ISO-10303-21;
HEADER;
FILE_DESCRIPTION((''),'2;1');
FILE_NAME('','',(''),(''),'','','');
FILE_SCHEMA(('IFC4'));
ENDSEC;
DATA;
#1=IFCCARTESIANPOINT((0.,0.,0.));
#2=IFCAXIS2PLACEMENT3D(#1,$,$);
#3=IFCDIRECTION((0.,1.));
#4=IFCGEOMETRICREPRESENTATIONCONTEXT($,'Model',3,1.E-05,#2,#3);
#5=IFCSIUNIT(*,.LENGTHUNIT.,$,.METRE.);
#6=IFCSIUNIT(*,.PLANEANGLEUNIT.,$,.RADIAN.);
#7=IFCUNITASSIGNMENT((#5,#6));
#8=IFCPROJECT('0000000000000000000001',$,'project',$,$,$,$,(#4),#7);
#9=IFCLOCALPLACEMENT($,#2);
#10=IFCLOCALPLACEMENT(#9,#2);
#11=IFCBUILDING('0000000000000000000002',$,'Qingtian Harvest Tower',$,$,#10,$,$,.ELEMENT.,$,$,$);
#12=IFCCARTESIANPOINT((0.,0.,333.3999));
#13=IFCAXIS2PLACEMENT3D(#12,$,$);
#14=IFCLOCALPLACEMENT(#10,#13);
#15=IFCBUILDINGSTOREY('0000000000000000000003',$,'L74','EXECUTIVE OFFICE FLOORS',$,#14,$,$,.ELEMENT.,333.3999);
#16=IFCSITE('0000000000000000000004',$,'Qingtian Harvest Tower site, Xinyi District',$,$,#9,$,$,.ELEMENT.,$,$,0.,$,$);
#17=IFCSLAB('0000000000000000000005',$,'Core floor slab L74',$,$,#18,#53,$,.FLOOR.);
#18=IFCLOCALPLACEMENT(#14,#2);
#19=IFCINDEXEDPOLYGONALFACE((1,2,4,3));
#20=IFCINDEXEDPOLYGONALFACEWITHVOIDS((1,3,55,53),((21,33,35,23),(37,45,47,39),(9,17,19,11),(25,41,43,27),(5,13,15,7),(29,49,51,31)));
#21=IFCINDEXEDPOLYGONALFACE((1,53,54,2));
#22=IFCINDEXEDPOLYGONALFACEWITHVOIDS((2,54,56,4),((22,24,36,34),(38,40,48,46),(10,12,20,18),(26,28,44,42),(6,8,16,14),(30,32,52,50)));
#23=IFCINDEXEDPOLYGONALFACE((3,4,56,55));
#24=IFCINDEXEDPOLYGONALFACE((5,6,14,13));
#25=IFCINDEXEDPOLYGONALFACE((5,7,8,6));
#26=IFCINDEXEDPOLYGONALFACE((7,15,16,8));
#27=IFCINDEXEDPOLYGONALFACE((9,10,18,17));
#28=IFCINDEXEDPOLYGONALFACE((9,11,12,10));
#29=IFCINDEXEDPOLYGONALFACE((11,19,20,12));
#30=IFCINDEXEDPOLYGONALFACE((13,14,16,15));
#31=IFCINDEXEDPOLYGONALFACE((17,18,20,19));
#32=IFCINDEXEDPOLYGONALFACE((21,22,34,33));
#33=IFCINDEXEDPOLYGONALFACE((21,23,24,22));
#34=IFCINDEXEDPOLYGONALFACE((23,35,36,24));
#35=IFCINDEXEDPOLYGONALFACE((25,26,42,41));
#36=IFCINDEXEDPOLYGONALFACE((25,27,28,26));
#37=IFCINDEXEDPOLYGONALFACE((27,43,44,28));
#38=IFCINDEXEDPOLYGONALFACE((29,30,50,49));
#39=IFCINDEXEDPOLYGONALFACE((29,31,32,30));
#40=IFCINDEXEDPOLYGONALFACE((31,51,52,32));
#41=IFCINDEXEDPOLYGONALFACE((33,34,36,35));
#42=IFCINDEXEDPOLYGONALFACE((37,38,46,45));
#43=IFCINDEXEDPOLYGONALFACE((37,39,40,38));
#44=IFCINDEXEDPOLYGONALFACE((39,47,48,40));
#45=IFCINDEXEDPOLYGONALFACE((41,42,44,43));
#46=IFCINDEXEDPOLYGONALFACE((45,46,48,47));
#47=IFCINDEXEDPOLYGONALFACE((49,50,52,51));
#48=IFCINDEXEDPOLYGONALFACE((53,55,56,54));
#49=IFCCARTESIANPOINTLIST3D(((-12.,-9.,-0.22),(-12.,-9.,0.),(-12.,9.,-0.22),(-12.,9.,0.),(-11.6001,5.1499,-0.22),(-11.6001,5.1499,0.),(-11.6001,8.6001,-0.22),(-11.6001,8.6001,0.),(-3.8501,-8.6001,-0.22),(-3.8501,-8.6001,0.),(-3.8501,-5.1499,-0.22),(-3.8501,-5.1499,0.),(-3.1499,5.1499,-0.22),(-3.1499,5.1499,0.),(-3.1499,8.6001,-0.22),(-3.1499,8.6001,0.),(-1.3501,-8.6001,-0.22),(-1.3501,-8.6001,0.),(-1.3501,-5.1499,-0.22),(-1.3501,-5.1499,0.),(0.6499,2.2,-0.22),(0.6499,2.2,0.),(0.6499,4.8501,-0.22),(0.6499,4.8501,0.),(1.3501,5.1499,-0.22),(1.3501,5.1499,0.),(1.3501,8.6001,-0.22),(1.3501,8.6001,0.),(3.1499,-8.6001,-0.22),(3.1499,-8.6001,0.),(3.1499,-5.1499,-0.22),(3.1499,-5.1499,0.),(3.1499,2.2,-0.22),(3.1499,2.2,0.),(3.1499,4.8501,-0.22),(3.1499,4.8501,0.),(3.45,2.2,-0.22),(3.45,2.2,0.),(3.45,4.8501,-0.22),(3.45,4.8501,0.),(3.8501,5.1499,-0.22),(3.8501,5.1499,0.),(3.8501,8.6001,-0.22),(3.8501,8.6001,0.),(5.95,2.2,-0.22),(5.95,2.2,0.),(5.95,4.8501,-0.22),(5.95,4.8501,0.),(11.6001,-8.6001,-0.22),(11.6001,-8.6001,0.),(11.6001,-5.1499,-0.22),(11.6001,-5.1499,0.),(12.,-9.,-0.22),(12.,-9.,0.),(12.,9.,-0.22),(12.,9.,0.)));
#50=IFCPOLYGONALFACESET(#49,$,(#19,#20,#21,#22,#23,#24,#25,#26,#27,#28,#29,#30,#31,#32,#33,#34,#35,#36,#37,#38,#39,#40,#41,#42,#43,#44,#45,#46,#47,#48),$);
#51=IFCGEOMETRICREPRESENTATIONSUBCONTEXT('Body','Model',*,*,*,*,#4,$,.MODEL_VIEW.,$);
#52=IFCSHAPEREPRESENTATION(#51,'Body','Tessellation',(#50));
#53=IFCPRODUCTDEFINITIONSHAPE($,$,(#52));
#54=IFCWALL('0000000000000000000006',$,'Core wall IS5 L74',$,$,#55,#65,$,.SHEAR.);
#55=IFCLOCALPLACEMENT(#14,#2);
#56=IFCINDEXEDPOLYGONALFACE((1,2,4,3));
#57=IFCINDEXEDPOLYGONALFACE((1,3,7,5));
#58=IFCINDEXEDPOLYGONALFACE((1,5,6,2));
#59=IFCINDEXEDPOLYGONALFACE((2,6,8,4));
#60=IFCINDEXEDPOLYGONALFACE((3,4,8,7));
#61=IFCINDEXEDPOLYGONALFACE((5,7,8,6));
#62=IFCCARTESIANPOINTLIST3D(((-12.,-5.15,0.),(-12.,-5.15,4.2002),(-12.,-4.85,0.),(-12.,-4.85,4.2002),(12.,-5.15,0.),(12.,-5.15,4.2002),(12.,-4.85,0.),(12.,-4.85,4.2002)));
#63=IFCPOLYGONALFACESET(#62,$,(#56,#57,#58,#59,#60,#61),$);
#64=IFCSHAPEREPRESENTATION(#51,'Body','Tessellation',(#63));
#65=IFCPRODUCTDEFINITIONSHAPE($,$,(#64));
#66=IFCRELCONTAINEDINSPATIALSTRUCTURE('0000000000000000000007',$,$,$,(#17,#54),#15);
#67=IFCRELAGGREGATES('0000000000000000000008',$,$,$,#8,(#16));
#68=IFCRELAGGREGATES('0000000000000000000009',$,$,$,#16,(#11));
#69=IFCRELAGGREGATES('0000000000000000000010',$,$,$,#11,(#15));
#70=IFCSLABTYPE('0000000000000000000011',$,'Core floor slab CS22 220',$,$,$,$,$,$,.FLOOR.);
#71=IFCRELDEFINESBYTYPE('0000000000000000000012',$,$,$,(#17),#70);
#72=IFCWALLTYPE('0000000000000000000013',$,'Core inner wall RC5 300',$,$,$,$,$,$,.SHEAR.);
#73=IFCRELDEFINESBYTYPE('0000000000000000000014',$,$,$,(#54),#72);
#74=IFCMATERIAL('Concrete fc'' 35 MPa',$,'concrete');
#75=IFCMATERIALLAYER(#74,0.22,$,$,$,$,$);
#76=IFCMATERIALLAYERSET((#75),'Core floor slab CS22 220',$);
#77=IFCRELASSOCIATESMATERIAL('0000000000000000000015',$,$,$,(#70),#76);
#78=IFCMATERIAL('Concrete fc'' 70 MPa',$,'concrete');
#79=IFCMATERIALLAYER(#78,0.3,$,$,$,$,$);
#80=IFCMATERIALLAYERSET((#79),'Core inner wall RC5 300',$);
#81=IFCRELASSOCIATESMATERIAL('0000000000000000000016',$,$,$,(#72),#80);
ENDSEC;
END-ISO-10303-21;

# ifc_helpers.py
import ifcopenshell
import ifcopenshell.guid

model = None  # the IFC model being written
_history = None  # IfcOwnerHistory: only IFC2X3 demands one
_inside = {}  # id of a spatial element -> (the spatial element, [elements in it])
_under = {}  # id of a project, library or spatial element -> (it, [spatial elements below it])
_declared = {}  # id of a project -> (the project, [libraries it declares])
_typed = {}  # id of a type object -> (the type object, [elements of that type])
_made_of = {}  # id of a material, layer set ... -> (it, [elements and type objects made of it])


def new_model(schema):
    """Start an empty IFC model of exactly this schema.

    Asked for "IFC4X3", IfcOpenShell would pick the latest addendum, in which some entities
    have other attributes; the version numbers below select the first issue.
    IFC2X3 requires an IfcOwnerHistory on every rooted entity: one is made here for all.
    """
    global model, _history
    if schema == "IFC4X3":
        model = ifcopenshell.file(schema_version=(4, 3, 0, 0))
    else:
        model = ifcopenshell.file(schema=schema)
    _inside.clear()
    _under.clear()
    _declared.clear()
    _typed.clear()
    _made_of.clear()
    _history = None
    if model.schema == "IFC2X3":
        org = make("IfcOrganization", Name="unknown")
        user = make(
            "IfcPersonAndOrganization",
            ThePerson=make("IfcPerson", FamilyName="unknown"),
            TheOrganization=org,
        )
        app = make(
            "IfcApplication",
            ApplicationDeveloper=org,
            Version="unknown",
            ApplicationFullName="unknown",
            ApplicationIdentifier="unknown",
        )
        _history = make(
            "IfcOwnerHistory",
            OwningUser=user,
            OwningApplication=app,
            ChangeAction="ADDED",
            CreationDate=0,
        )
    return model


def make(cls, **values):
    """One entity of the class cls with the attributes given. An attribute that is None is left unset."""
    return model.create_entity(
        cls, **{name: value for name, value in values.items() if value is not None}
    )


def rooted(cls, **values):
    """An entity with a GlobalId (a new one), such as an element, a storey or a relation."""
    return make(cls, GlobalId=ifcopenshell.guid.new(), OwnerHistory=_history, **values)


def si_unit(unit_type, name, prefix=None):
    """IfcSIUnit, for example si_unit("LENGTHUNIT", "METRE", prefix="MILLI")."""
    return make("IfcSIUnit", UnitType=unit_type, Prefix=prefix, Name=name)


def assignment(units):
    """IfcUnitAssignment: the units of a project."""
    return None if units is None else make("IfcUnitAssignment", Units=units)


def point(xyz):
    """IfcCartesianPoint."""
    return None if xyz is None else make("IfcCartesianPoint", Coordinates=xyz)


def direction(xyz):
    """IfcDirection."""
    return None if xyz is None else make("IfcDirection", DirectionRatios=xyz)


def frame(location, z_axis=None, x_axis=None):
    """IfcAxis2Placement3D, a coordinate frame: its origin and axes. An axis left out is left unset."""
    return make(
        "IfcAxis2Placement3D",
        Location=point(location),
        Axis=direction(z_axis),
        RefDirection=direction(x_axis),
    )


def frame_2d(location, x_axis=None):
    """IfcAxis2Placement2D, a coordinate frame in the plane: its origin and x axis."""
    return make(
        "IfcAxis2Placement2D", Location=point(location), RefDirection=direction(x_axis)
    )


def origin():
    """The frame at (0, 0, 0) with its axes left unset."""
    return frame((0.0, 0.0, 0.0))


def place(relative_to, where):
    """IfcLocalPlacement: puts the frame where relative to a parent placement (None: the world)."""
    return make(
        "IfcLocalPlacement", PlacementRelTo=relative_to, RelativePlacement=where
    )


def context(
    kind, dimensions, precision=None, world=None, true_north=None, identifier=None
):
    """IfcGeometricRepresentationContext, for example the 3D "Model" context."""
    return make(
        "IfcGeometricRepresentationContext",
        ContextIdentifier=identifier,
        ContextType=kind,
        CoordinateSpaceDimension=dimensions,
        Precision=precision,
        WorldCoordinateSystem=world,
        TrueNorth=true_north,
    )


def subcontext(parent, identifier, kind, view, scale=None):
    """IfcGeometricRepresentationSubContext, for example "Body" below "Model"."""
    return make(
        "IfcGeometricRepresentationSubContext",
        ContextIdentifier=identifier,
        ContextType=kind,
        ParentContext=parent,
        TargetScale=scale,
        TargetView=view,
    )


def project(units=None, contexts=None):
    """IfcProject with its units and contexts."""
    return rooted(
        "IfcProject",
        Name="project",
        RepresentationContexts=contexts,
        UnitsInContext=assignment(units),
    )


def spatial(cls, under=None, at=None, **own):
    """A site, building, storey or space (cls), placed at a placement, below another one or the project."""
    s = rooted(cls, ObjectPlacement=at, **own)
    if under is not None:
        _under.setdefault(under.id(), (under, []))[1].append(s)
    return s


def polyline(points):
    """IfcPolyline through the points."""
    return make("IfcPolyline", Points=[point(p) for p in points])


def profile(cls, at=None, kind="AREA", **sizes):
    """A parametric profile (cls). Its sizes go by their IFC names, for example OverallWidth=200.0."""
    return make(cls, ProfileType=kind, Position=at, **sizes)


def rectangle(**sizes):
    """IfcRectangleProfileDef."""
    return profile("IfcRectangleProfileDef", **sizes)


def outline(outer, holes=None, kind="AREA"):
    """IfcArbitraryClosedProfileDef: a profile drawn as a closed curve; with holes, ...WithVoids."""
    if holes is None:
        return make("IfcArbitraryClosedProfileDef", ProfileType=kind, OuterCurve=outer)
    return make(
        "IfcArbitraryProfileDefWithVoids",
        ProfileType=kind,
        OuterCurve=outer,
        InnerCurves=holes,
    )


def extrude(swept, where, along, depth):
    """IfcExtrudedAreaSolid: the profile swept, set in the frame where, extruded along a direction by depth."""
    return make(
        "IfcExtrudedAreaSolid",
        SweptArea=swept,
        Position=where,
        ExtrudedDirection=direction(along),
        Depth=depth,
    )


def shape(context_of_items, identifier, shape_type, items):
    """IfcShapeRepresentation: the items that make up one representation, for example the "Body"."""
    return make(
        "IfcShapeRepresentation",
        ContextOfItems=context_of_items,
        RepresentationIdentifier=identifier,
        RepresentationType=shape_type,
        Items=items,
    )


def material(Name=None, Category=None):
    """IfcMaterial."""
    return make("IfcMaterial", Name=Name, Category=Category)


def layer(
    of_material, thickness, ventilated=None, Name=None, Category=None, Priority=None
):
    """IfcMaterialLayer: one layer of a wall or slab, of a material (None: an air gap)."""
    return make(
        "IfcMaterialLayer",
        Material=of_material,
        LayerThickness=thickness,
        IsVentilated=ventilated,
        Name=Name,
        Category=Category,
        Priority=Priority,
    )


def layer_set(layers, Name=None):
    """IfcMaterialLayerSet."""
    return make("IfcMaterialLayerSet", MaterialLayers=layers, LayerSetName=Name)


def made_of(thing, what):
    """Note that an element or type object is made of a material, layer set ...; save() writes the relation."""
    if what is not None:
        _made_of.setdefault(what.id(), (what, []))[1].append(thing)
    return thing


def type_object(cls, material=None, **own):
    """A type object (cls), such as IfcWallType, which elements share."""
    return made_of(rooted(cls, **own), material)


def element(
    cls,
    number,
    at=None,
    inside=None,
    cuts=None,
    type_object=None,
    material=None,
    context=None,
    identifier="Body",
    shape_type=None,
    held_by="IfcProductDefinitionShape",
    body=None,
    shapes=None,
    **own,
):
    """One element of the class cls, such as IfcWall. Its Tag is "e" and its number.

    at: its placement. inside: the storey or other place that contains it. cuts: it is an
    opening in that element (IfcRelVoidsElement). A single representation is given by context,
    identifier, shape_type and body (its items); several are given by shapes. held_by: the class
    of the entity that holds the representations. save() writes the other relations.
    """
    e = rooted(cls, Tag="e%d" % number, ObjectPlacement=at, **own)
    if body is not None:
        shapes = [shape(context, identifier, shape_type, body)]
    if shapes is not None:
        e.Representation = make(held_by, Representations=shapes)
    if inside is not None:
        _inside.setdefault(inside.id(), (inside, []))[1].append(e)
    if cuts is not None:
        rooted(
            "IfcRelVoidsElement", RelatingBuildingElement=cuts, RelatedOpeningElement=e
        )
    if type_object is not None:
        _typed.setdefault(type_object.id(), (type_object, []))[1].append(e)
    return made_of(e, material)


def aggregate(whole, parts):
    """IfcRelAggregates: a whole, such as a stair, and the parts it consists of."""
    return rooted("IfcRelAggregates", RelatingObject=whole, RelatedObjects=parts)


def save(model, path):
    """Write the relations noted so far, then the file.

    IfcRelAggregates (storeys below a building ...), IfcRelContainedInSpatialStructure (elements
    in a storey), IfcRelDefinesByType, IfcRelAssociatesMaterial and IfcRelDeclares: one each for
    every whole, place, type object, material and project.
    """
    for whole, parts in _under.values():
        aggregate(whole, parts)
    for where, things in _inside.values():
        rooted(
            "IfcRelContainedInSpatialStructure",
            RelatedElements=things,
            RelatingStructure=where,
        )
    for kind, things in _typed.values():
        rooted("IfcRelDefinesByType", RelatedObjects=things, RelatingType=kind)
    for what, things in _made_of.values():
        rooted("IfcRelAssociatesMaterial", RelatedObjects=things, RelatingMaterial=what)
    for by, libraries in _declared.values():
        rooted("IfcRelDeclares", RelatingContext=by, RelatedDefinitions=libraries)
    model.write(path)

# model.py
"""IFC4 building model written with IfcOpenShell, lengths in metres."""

from ifc_helpers import new_model, si_unit, direction, frame, frame_2d, origin, place, context, subcontext, project, spatial, polyline, rectangle, outline, extrude, material, layer, layer_set, type_object, element, save


model = new_model("IFC4")

# Units and contexts
model_context = context("Model", 3, precision=1e-05, world=origin(), true_north=direction((0.0, 1.0)))
body_context = subcontext(model_context, "Body", "Model", "MODEL_VIEW")
ifc_project = project(units=[si_unit("LENGTHUNIT", "METRE"), si_unit("PLANEANGLEUNIT", "RADIAN")], contexts=[model_context])

# Site, building, storey
site_placement = place(None, origin())
site = spatial("IfcSite", under=ifc_project, at=site_placement, Name="Qingtian Harvest Tower site, Xinyi District", CompositionType="ELEMENT", RefElevation=0.0)
building_placement = place(site_placement, origin())
building = spatial("IfcBuilding", under=site, at=building_placement, Name="Qingtian Harvest Tower", CompositionType="ELEMENT")
storey_placement = place(building_placement, frame((0.0, 0.0, 333.3999)))
storey = spatial("IfcBuildingStorey", under=building, at=storey_placement, Name="L74", Description="EXECUTIVE OFFICE FLOORS", CompositionType="ELEMENT", Elevation=333.3999)

# Slab
ifc_material_1 = material(Name="Concrete fc' 35 MPa", Category="concrete")
ifc_layer_1 = layer(ifc_material_1, 0.22)
ifc_layer_set_1 = layer_set([ifc_layer_1], Name="Core floor slab CS22 220")
slab_type = type_object("IfcSlabType", Name="Core floor slab CS22 220", PredefinedType="FLOOR", material=ifc_layer_set_1)
slab_placement = place(storey_placement, frame((0.0, 0.0, -0.22)))
element("IfcSlab", 1, at=slab_placement, inside=storey, type_object=slab_type, Name="Core floor slab L74", PredefinedType="FLOOR", context=body_context, shape_type="SweptSolid", body=[
    extrude(outline(polyline([(-12.0, -9.0), (12.0, -9.0), (12.0, 9.0), (-12.0, 9.0), (-12.0, -9.0)]), holes=[polyline([(-11.6001, 5.1499), (-3.1499, 5.1499), (-3.1499, 8.6001), (-11.6001, 8.6001), (-11.6001, 5.1499)]), polyline([(3.1499, -8.6001), (11.6001, -8.6001), (11.6001, -5.1499), (3.1499, -5.1499), (3.1499, -8.6001)]), polyline([(1.3501, 5.1499), (3.8501, 5.1499), (3.8501, 8.6001), (1.3501, 8.6001), (1.3501, 5.1499)]), polyline([(-3.8501, -8.6001), (-1.3501, -8.6001), (-1.3501, -5.1499), (-3.8501, -5.1499), (-3.8501, -8.6001)]), polyline([(0.6499, 2.2), (3.1499, 2.2), (3.1499, 4.8501), (0.6499, 4.8501), (0.6499, 2.2)]), polyline([(3.45, 2.2), (5.95, 2.2), (5.95, 4.8501), (3.45, 4.8501), (3.45, 2.2)])]), origin(), (0.0, 0.0, 1.0), 0.22),
])

# Wall
ifc_material_2 = material(Name="Concrete fc' 70 MPa", Category="concrete")
ifc_layer_2 = layer(ifc_material_2, 0.3)
ifc_layer_set_2 = layer_set([ifc_layer_2], Name="Core inner wall RC5 300")
wall_type_1 = type_object("IfcWallType", Name="Core inner wall RC5 300", PredefinedType="SHEAR", material=ifc_layer_set_2)
wall_1_placement = place(storey_placement, frame((-12.0, -5.0, 0.0), z_axis=(0.0, 0.0, 1.0), x_axis=(1.0, 0.0, 0.0)))
element("IfcWall", 2, at=wall_1_placement, inside=storey, type_object=wall_type_1, Name="Core wall IS5 L74", PredefinedType="SHEAR", context=body_context, shape_type="SweptSolid", body=[
    extrude(rectangle(XDim=24.0, YDim=0.3, at=frame_2d((12.0, 0.0))), origin(), (0.0, 0.0, 1.0), 4.2002),
])

save(model, "model.ifc")
